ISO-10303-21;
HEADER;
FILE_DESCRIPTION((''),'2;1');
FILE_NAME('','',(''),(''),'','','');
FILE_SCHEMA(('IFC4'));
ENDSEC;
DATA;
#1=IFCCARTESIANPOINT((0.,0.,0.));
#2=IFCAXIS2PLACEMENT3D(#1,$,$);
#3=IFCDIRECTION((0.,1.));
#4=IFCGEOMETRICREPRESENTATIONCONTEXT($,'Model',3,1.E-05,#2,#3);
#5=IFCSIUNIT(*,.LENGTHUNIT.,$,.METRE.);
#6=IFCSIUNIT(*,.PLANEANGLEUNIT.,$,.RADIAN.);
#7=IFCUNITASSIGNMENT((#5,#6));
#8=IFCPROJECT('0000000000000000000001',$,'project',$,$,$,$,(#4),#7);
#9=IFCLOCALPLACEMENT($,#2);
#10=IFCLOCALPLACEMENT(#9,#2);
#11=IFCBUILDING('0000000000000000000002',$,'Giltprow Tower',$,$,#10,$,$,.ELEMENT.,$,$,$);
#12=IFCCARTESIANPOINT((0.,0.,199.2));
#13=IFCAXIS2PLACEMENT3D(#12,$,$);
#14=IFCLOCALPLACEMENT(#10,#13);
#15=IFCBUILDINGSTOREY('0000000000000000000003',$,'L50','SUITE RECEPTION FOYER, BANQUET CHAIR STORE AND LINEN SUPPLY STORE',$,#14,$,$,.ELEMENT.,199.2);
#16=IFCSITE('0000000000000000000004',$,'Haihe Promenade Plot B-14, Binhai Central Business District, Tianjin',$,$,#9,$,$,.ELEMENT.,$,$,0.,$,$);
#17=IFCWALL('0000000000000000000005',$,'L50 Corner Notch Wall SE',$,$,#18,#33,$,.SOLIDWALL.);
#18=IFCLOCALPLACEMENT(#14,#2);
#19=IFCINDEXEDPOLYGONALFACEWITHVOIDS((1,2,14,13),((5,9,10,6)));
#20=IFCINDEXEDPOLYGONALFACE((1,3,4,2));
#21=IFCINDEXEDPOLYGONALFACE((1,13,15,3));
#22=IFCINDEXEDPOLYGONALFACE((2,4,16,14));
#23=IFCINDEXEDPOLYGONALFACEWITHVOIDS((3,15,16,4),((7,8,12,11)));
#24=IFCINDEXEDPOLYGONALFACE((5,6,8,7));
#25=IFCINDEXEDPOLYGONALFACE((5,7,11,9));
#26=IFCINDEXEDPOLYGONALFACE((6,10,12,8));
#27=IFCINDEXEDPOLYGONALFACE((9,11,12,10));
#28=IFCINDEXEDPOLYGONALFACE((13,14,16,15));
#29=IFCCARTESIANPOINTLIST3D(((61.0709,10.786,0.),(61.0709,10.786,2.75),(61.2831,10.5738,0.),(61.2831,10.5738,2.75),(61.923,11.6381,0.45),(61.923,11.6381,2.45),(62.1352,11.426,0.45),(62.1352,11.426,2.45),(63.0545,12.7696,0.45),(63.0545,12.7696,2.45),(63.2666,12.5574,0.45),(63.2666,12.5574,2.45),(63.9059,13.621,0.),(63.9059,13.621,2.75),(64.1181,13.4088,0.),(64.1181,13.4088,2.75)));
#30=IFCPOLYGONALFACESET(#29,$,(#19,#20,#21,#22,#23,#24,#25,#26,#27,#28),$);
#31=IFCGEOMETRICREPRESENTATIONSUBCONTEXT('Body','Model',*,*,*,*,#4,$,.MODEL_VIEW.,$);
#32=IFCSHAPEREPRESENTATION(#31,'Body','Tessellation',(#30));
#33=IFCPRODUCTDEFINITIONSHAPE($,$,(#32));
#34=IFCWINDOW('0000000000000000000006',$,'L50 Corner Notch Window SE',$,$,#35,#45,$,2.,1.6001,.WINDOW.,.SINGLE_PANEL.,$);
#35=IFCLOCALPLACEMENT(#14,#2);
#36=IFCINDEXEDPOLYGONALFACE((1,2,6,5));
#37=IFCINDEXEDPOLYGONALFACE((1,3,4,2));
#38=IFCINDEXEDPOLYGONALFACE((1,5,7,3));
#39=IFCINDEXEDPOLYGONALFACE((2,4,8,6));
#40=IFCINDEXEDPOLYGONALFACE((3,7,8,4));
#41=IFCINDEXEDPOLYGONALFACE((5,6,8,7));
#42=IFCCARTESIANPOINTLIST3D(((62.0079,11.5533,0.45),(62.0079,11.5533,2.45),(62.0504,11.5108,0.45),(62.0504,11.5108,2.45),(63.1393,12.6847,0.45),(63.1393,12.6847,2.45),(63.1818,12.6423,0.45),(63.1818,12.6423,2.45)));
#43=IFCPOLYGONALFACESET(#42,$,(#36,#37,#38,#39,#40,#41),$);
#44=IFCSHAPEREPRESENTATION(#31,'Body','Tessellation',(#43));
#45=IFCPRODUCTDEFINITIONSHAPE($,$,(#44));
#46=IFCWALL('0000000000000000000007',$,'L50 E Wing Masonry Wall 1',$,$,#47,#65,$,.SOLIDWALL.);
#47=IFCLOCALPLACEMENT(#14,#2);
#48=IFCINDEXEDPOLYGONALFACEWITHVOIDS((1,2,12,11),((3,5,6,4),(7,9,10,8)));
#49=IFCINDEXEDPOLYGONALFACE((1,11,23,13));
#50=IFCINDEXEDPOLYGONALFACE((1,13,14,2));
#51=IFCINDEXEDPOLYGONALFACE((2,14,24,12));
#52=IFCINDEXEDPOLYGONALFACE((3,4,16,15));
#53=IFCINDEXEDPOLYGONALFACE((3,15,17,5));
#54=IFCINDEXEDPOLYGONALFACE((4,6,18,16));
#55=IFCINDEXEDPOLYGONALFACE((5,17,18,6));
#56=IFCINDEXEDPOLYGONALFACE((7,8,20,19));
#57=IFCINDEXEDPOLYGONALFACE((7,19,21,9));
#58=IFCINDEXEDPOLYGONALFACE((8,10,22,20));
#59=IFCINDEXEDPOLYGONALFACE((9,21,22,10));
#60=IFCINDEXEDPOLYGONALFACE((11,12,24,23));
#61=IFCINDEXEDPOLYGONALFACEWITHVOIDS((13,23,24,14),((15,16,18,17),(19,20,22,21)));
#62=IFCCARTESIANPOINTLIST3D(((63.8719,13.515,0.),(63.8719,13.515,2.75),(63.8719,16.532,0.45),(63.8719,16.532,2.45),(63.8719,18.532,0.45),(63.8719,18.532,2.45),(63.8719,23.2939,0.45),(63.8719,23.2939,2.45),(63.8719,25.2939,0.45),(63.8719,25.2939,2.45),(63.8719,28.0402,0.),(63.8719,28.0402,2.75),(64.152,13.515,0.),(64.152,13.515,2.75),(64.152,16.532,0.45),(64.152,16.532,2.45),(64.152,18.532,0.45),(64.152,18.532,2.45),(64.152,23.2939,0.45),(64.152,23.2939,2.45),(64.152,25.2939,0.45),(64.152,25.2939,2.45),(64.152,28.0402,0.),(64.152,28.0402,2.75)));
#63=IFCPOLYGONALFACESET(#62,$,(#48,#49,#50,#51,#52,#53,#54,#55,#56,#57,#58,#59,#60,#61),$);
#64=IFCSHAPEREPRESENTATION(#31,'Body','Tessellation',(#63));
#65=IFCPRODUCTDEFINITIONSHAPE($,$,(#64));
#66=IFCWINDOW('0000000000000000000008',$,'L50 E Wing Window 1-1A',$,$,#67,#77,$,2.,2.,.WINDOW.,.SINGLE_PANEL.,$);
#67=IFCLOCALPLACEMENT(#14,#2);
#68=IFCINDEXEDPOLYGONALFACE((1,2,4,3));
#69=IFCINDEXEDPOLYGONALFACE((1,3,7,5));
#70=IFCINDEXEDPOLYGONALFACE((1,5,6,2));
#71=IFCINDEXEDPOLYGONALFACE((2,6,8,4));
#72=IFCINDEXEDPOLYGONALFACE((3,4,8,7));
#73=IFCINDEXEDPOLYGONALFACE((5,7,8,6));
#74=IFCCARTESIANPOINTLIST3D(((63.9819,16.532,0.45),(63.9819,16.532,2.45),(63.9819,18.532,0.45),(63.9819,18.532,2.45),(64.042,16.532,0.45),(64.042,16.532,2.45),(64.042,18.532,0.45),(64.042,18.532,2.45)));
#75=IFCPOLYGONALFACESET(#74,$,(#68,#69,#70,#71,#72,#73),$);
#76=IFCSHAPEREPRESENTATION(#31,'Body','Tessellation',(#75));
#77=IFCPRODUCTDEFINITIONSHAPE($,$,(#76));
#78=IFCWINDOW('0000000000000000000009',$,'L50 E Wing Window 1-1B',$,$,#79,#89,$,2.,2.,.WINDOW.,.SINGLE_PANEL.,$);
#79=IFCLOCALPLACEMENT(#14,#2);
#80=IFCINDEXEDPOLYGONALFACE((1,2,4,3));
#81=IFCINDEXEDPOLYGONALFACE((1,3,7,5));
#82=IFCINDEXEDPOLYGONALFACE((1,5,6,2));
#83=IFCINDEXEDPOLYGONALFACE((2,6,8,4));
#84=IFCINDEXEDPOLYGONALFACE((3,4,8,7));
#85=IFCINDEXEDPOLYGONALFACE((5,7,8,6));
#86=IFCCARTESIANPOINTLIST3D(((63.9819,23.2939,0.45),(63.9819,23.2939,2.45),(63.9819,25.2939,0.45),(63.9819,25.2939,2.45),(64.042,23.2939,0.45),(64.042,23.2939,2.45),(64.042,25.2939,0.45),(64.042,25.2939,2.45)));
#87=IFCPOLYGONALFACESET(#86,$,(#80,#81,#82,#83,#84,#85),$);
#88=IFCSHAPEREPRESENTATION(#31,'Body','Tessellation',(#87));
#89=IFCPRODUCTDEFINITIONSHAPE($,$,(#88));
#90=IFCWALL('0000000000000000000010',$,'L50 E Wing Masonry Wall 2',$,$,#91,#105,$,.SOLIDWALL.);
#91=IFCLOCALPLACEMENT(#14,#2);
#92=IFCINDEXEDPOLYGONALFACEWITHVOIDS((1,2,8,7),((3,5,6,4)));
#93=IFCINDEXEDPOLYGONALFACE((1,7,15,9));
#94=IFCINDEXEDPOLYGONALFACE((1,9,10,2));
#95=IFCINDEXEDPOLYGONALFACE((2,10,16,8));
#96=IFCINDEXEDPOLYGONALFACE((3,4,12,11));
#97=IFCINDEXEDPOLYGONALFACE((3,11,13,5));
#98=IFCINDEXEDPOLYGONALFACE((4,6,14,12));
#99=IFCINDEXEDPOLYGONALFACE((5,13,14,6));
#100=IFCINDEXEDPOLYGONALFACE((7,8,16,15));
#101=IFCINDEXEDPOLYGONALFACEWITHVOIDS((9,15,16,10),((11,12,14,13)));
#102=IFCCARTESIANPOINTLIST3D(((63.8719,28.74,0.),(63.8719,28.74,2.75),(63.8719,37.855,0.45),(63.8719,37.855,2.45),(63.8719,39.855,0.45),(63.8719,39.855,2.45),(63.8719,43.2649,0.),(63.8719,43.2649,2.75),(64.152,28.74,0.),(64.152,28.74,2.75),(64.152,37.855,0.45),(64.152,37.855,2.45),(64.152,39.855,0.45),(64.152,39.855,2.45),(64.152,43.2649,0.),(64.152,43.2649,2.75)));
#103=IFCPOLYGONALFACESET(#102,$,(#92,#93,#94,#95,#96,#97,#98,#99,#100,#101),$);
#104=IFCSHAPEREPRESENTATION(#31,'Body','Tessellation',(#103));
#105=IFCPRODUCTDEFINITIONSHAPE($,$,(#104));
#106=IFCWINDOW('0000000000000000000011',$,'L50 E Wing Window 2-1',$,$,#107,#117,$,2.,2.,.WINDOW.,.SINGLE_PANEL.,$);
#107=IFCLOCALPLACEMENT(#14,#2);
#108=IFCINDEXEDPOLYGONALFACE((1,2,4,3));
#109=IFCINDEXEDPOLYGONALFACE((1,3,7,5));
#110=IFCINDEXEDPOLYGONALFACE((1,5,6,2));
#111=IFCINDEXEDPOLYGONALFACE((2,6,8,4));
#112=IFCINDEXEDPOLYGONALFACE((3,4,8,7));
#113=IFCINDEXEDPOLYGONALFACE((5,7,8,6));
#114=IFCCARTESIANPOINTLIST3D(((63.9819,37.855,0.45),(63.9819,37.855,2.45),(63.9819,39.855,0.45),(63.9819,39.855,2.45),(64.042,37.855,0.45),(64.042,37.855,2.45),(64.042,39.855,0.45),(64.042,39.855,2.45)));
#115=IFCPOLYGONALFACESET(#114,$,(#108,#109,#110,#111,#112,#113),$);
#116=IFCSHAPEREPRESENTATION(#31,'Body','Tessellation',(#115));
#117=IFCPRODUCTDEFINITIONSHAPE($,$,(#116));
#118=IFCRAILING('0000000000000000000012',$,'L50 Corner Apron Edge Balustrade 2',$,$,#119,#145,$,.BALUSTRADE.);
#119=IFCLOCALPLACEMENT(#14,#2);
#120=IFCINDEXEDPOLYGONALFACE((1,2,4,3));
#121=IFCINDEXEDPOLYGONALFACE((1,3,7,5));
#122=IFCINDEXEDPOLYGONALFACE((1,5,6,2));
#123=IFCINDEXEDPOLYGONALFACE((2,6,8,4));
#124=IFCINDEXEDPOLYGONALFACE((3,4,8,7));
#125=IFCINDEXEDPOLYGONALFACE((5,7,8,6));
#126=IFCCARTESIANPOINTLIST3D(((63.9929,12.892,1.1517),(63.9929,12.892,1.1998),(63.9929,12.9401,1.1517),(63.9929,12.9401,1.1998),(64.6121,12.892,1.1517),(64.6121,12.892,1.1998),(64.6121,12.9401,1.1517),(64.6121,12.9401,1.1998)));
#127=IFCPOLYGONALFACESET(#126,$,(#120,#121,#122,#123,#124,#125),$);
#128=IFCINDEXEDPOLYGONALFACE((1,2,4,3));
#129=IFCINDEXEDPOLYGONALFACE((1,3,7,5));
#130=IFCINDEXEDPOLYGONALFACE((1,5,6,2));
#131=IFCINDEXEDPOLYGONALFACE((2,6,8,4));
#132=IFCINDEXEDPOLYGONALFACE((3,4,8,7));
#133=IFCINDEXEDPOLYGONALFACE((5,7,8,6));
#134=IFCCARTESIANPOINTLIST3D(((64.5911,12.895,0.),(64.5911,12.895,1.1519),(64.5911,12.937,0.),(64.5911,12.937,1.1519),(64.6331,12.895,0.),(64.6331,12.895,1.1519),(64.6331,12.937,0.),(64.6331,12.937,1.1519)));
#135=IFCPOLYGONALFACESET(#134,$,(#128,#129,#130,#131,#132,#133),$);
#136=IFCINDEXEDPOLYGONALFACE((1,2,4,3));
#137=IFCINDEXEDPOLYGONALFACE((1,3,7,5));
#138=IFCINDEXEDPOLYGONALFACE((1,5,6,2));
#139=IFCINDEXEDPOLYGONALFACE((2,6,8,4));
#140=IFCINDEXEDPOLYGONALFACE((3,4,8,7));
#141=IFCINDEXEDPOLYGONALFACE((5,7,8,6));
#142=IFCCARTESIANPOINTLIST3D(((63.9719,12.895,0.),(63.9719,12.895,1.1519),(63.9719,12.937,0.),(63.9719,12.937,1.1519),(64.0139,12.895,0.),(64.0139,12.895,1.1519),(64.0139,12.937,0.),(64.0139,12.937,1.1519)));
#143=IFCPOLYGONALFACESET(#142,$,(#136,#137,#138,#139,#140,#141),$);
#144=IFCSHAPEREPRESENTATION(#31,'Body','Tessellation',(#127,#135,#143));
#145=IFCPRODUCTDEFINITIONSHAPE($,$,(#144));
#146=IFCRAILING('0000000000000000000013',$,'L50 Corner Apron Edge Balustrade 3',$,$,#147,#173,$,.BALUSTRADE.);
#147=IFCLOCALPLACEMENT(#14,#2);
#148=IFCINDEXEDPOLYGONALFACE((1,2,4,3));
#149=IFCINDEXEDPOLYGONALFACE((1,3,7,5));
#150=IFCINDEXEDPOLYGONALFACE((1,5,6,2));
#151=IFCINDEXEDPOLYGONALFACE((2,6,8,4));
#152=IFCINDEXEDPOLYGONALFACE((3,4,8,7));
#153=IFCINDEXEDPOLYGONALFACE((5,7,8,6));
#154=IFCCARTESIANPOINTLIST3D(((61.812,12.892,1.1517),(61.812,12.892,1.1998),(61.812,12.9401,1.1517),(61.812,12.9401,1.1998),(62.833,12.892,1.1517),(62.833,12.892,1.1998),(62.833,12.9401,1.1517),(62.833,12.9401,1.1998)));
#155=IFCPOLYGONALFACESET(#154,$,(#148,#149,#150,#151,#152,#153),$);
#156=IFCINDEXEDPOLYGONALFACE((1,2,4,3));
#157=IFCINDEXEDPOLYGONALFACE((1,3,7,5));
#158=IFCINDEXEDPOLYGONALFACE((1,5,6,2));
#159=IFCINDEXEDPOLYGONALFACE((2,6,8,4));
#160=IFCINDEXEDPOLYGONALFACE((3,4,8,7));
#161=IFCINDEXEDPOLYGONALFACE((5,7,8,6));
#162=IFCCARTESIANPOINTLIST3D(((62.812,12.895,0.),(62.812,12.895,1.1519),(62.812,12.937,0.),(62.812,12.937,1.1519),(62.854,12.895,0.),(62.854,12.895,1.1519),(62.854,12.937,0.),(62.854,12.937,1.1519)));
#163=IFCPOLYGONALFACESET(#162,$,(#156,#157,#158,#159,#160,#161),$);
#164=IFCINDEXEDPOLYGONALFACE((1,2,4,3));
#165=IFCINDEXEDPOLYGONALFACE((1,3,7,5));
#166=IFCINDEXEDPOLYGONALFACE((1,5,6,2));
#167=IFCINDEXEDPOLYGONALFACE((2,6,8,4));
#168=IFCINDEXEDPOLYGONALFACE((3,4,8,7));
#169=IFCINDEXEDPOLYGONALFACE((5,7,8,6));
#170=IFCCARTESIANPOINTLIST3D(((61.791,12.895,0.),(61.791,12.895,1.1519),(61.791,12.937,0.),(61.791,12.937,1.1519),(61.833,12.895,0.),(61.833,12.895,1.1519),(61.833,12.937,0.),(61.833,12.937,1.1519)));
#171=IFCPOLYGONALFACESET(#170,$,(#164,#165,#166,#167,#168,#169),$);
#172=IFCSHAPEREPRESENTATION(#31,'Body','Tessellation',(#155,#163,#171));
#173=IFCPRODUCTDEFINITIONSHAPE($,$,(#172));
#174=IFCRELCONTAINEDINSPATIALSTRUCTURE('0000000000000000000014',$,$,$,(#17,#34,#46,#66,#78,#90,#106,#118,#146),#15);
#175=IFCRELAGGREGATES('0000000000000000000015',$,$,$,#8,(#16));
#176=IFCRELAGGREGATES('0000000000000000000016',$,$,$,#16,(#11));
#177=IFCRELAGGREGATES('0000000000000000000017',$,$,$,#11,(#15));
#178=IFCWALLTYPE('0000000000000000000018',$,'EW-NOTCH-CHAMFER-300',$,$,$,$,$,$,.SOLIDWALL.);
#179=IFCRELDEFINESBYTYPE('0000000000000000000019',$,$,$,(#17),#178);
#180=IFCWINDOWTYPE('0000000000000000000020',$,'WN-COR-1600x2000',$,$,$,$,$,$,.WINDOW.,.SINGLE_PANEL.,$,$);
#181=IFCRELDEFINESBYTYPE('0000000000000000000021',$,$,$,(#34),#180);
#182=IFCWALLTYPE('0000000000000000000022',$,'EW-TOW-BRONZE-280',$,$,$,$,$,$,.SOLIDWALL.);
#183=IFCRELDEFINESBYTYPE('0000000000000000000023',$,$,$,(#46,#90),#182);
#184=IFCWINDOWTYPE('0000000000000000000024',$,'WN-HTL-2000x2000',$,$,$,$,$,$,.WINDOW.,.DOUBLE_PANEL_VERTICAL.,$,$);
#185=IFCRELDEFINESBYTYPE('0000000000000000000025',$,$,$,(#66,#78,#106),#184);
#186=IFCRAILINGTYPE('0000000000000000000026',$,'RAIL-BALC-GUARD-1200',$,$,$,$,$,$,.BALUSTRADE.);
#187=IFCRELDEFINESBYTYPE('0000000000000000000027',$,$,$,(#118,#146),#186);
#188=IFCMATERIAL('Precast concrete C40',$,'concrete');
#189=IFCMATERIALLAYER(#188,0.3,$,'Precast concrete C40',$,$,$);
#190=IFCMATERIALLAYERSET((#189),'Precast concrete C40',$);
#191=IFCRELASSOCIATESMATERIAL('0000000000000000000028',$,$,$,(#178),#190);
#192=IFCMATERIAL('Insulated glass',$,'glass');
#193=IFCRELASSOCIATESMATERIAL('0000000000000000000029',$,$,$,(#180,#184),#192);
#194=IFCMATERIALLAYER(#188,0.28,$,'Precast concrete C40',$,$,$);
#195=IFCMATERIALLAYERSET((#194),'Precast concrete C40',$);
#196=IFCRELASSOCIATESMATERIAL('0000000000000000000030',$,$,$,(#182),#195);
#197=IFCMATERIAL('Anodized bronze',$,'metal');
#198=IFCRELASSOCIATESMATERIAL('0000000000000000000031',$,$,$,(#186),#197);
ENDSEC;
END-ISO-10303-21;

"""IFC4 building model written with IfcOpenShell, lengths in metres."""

from ifc_helpers import new_model, si_unit, direction, frame, frame_2d, origin, origin_2d, place, context, subcontext, project, spatial, rectangle, extrude, source, transform, mapped, material, layer, layer_set, type_object, element, fill, save


model = new_model("IFC4")

# Units and contexts
model_context = context("Model", 3, precision=1e-05, world=origin(), true_north=direction((0.0, 1.0)))
body_context = subcontext(model_context, "Body", "Model", "MODEL_VIEW")
ifc_project = project(units=[si_unit("LENGTHUNIT", "METRE"), si_unit("PLANEANGLEUNIT", "RADIAN")], contexts=[model_context])

# Site, building, storey
site_placement = place(None, origin())
site = spatial("IfcSite", under=ifc_project, at=site_placement, Name="Haihe Promenade Plot B-14, Binhai Central Business District, Tianjin", CompositionType="ELEMENT", RefElevation=0.0)
building_placement = place(site_placement, origin())
building = spatial("IfcBuilding", under=site, at=building_placement, Name="Giltprow Tower", CompositionType="ELEMENT")
storey_placement = place(building_placement, frame((0.0, 0.0, 199.2)))
storey = spatial("IfcBuildingStorey", under=building, at=storey_placement, Name="L50", Description="SUITE RECEPTION FOYER, BANQUET CHAIR STORE AND LINEN SUPPLY STORE", CompositionType="ELEMENT", Elevation=199.2)

# Shared definitions
ifc_material_1 = material(Name="Anodized bronze", Category="metal")

# Shared definitions
ifc_material_2 = material(Name="Insulated glass", Category="glass")

# Wall, opening, window
ifc_material_3 = material(Name="Precast concrete C40", Category="concrete")
ifc_layer_1 = layer(ifc_material_3, 0.3, Name="Precast concrete C40")
ifc_layer_set_1 = layer_set([ifc_layer_1], Name="Precast concrete C40")
wall_type_1 = type_object("IfcWallType", Name="EW-NOTCH-CHAMFER-300", PredefinedType="SOLIDWALL", material=ifc_layer_set_1)
wall_1_placement = place(storey_placement, frame((61.177, 10.6799, 0.0), z_axis=(0.0, 0.0, 1.0), x_axis=(0.707107, 0.707107, 0.0)))
wall_1 = element("IfcWall", 1, at=wall_1_placement, inside=storey, type_object=wall_type_1, Name="L50 Corner Notch Wall SE", PredefinedType="SOLIDWALL", context=body_context, shape_type="SweptSolid", body=[
    extrude(rectangle(XDim=4.0093, YDim=0.3, at=frame_2d((2.0046, 0.0))), origin(), (0.0, 0.0, 1.0), 2.75),
])
opening_1_placement = place(wall_1_placement, frame((1.2051, 0.0, 0.45)))
opening_1 = element("IfcOpeningElement", 2, at=opening_1_placement, cuts=wall_1, PredefinedType="OPENING", context=body_context, shape_type="SweptSolid", body=[
    extrude(rectangle(XDim=1.6001, YDim=2.0, at=frame_2d((0.8, 1.0))), frame((0.0, 0.1599, 0.0), z_axis=(0.0, -1.0, 0.0), x_axis=(1.0, 0.0, 0.0)), (0.0, 0.0, 1.0), 0.3201),
])
window_type_1 = type_object("IfcWindowType", Name="WN-COR-1600x2000", PartitioningType="SINGLE_PANEL", PredefinedType="WINDOW", material=ifc_material_2)
shared_shape_1 = source(origin(), body_context, "Body", "SweptSolid", [
    extrude(rectangle(XDim=1.6001, YDim=2.0, at=frame_2d((0.8, 1.0))), frame((0.0, 0.03, 0.0), z_axis=(0.0, -1.0, 0.0), x_axis=(1.0, 0.0, 0.0)), (0.0, 0.0, 1.0), 0.0601),
])
window_1_placement = place(opening_1_placement, origin())
window_1 = element("IfcWindow", 3, at=window_1_placement, inside=storey, type_object=window_type_1, Name="L50 Corner Notch Window SE", OverallHeight=2.0, OverallWidth=1.6001, PartitioningType="SINGLE_PANEL", PredefinedType="WINDOW", context=body_context, shape_type="MappedRepresentation", body=[
    mapped(shared_shape_1, transform((0.0, 0.0, 0.0), x_axis=(1.0, 0.0, 0.0), y_axis=(0.0, 1.0, 0.0), z_axis=(0.0, 0.0, 1.0), scale=1.0)),
])
fill(opening_1, window_1)

# Wall, openings, windows
ifc_layer_2 = layer(ifc_material_3, 0.28, Name="Precast concrete C40")
ifc_layer_set_2 = layer_set([ifc_layer_2], Name="Precast concrete C40")
wall_type_2 = type_object("IfcWallType", Name="EW-TOW-BRONZE-280", PredefinedType="SOLIDWALL", material=ifc_layer_set_2)
wall_2_placement = place(storey_placement, frame((64.012, 13.5149, 0.0), z_axis=(0.0, 0.0, 1.0), x_axis=(0.0, 1.0, 0.0)))
wall_2 = element("IfcWall", 4, at=wall_2_placement, inside=storey, type_object=wall_type_2, Name="L50 E Wing Masonry Wall 1", PredefinedType="SOLIDWALL", context=body_context, shape_type="SweptSolid", body=[
    extrude(rectangle(XDim=14.5251, YDim=0.28, at=frame_2d((7.2627, 0.0))), origin(), (0.0, 0.0, 1.0), 2.75),
])
opening_2_placement = place(wall_2_placement, frame((3.0171, 0.0, 0.45)))
opening_2 = element("IfcOpeningElement", 5, at=opening_2_placement, cuts=wall_2, PredefinedType="OPENING", context=body_context, shape_type="SweptSolid", body=[
    extrude(rectangle(XDim=2.0, YDim=2.0, at=frame_2d((1.0, 1.0))), frame((0.0, 0.1499, 0.0), z_axis=(0.0, -1.0, 0.0), x_axis=(1.0, 0.0, 0.0)), (0.0, 0.0, 1.0), 0.3),
])
opening_3_placement = place(wall_2_placement, frame((9.7791, 0.0, 0.45)))
opening_3 = element("IfcOpeningElement", 6, at=opening_3_placement, cuts=wall_2, PredefinedType="OPENING", context=body_context, shape_type="SweptSolid", body=[
    extrude(rectangle(XDim=2.0, YDim=2.0, at=frame_2d((1.0, 1.0))), frame((0.0, 0.1499, 0.0), z_axis=(0.0, -1.0, 0.0), x_axis=(1.0, 0.0, 0.0)), (0.0, 0.0, 1.0), 0.3),
])
window_type_2 = type_object("IfcWindowType", Name="WN-HTL-2000x2000", PartitioningType="DOUBLE_PANEL_VERTICAL", PredefinedType="WINDOW", material=ifc_material_2)
shared_shape_2 = source(origin(), body_context, "Body", "SweptSolid", [
    extrude(rectangle(XDim=2.0, YDim=2.0, at=frame_2d((1.0, 1.0))), frame((0.0, 0.03, 0.0), z_axis=(0.0, -1.0, 0.0), x_axis=(1.0, 0.0, 0.0)), (0.0, 0.0, 1.0), 0.0601),
])
window_2_placement = place(opening_2_placement, origin())
window_2 = element("IfcWindow", 7, at=window_2_placement, inside=storey, type_object=window_type_2, Name="L50 E Wing Window 1-1A", OverallHeight=2.0, OverallWidth=2.0, PartitioningType="SINGLE_PANEL", PredefinedType="WINDOW", context=body_context, shape_type="MappedRepresentation", body=[
    mapped(shared_shape_2, transform((0.0, 0.0, 0.0), x_axis=(1.0, 0.0, 0.0), y_axis=(0.0, 1.0, 0.0), z_axis=(0.0, 0.0, 1.0), scale=1.0)),
])
fill(opening_2, window_2)
window_3_placement = place(opening_3_placement, origin())
window_3 = element("IfcWindow", 8, at=window_3_placement, inside=storey, type_object=window_type_2, Name="L50 E Wing Window 1-1B", OverallHeight=2.0, OverallWidth=2.0, PartitioningType="SINGLE_PANEL", PredefinedType="WINDOW", context=body_context, shape_type="MappedRepresentation", body=[
    mapped(shared_shape_2, transform((0.0, 0.0, 0.0), x_axis=(1.0, 0.0, 0.0), y_axis=(0.0, 1.0, 0.0), z_axis=(0.0, 0.0, 1.0), scale=1.0)),
])
fill(opening_3, window_3)

# Wall, opening, window
wall_3_placement = place(storey_placement, frame((64.012, 28.74, 0.0), z_axis=(0.0, 0.0, 1.0), x_axis=(0.0, 1.0, 0.0)))
wall_3 = element("IfcWall", 9, at=wall_3_placement, inside=storey, type_object=wall_type_2, Name="L50 E Wing Masonry Wall 2", PredefinedType="SOLIDWALL", context=body_context, shape_type="SweptSolid", body=[
    extrude(rectangle(XDim=14.5249, YDim=0.28, at=frame_2d((7.2625, 0.0))), origin(), (0.0, 0.0, 1.0), 2.75),
])
opening_4_placement = place(wall_3_placement, frame((9.115, 0.0, 0.45)))
opening_4 = element("IfcOpeningElement", 10, at=opening_4_placement, cuts=wall_3, PredefinedType="OPENING", context=body_context, shape_type="SweptSolid", body=[
    extrude(rectangle(XDim=2.0, YDim=2.0, at=frame_2d((1.0, 1.0))), frame((0.0, 0.1499, 0.0), z_axis=(0.0, -1.0, 0.0), x_axis=(1.0, 0.0, 0.0)), (0.0, 0.0, 1.0), 0.3),
])
window_4_placement = place(opening_4_placement, origin())
window_4 = element("IfcWindow", 11, at=window_4_placement, inside=storey, type_object=window_type_2, Name="L50 E Wing Window 2-1", OverallHeight=2.0, OverallWidth=2.0, PartitioningType="SINGLE_PANEL", PredefinedType="WINDOW", context=body_context, shape_type="MappedRepresentation", body=[
    mapped(shared_shape_2, transform((0.0, 0.0, 0.0), x_axis=(1.0, 0.0, 0.0), y_axis=(0.0, 1.0, 0.0), z_axis=(0.0, 0.0, 1.0), scale=1.0)),
])
fill(opening_4, window_4)

# Railings
railing_type = type_object("IfcRailingType", Name="RAIL-BALC-GUARD-1200", PredefinedType="BALUSTRADE", material=ifc_material_1)
railing_1_placement = place(storey_placement, frame((64.6121, 12.916, 0.0)))
element("IfcRailing", 12, at=railing_1_placement, inside=storey, type_object=railing_type, Name="L50 Corner Apron Edge Balustrade 2", PredefinedType="BALUSTRADE", context=body_context, shape_type="SweptSolid", body=[
    extrude(rectangle(XDim=0.0481, YDim=0.0481, at=origin_2d()), frame((0.0, 0.0, 1.1758), z_axis=(-1.0, 0.0, 0.0), x_axis=(0.0, -1.0, 0.0)), (0.0, 0.0, 1.0), 0.6191),
    extrude(rectangle(XDim=0.042, YDim=0.042, at=origin_2d()), origin(), (0.0, 0.0, 1.0), 1.1519),
    extrude(rectangle(XDim=0.042, YDim=0.042, at=origin_2d()), frame((-0.6191, 0.0, 0.0)), (0.0, 0.0, 1.0), 1.1519),
])
railing_2_placement = place(storey_placement, frame((62.833, 12.916, 0.0)))
element("IfcRailing", 13, at=railing_2_placement, inside=storey, type_object=railing_type, Name="L50 Corner Apron Edge Balustrade 3", PredefinedType="BALUSTRADE", context=body_context, shape_type="SweptSolid", body=[
    extrude(rectangle(XDim=0.0481, YDim=0.0481, at=origin_2d()), frame((0.0, 0.0, 1.1758), z_axis=(-1.0, 0.0, 0.0), x_axis=(0.0, -1.0, 0.0)), (0.0, 0.0, 1.0), 1.021),
    extrude(rectangle(XDim=0.042, YDim=0.042, at=origin_2d()), origin(), (0.0, 0.0, 1.0), 1.1519),
    extrude(rectangle(XDim=0.042, YDim=0.042, at=origin_2d()), frame((-1.021, 0.0, 0.0)), (0.0, 0.0, 1.0), 1.1519),
])

save(model, "model.ifc")
